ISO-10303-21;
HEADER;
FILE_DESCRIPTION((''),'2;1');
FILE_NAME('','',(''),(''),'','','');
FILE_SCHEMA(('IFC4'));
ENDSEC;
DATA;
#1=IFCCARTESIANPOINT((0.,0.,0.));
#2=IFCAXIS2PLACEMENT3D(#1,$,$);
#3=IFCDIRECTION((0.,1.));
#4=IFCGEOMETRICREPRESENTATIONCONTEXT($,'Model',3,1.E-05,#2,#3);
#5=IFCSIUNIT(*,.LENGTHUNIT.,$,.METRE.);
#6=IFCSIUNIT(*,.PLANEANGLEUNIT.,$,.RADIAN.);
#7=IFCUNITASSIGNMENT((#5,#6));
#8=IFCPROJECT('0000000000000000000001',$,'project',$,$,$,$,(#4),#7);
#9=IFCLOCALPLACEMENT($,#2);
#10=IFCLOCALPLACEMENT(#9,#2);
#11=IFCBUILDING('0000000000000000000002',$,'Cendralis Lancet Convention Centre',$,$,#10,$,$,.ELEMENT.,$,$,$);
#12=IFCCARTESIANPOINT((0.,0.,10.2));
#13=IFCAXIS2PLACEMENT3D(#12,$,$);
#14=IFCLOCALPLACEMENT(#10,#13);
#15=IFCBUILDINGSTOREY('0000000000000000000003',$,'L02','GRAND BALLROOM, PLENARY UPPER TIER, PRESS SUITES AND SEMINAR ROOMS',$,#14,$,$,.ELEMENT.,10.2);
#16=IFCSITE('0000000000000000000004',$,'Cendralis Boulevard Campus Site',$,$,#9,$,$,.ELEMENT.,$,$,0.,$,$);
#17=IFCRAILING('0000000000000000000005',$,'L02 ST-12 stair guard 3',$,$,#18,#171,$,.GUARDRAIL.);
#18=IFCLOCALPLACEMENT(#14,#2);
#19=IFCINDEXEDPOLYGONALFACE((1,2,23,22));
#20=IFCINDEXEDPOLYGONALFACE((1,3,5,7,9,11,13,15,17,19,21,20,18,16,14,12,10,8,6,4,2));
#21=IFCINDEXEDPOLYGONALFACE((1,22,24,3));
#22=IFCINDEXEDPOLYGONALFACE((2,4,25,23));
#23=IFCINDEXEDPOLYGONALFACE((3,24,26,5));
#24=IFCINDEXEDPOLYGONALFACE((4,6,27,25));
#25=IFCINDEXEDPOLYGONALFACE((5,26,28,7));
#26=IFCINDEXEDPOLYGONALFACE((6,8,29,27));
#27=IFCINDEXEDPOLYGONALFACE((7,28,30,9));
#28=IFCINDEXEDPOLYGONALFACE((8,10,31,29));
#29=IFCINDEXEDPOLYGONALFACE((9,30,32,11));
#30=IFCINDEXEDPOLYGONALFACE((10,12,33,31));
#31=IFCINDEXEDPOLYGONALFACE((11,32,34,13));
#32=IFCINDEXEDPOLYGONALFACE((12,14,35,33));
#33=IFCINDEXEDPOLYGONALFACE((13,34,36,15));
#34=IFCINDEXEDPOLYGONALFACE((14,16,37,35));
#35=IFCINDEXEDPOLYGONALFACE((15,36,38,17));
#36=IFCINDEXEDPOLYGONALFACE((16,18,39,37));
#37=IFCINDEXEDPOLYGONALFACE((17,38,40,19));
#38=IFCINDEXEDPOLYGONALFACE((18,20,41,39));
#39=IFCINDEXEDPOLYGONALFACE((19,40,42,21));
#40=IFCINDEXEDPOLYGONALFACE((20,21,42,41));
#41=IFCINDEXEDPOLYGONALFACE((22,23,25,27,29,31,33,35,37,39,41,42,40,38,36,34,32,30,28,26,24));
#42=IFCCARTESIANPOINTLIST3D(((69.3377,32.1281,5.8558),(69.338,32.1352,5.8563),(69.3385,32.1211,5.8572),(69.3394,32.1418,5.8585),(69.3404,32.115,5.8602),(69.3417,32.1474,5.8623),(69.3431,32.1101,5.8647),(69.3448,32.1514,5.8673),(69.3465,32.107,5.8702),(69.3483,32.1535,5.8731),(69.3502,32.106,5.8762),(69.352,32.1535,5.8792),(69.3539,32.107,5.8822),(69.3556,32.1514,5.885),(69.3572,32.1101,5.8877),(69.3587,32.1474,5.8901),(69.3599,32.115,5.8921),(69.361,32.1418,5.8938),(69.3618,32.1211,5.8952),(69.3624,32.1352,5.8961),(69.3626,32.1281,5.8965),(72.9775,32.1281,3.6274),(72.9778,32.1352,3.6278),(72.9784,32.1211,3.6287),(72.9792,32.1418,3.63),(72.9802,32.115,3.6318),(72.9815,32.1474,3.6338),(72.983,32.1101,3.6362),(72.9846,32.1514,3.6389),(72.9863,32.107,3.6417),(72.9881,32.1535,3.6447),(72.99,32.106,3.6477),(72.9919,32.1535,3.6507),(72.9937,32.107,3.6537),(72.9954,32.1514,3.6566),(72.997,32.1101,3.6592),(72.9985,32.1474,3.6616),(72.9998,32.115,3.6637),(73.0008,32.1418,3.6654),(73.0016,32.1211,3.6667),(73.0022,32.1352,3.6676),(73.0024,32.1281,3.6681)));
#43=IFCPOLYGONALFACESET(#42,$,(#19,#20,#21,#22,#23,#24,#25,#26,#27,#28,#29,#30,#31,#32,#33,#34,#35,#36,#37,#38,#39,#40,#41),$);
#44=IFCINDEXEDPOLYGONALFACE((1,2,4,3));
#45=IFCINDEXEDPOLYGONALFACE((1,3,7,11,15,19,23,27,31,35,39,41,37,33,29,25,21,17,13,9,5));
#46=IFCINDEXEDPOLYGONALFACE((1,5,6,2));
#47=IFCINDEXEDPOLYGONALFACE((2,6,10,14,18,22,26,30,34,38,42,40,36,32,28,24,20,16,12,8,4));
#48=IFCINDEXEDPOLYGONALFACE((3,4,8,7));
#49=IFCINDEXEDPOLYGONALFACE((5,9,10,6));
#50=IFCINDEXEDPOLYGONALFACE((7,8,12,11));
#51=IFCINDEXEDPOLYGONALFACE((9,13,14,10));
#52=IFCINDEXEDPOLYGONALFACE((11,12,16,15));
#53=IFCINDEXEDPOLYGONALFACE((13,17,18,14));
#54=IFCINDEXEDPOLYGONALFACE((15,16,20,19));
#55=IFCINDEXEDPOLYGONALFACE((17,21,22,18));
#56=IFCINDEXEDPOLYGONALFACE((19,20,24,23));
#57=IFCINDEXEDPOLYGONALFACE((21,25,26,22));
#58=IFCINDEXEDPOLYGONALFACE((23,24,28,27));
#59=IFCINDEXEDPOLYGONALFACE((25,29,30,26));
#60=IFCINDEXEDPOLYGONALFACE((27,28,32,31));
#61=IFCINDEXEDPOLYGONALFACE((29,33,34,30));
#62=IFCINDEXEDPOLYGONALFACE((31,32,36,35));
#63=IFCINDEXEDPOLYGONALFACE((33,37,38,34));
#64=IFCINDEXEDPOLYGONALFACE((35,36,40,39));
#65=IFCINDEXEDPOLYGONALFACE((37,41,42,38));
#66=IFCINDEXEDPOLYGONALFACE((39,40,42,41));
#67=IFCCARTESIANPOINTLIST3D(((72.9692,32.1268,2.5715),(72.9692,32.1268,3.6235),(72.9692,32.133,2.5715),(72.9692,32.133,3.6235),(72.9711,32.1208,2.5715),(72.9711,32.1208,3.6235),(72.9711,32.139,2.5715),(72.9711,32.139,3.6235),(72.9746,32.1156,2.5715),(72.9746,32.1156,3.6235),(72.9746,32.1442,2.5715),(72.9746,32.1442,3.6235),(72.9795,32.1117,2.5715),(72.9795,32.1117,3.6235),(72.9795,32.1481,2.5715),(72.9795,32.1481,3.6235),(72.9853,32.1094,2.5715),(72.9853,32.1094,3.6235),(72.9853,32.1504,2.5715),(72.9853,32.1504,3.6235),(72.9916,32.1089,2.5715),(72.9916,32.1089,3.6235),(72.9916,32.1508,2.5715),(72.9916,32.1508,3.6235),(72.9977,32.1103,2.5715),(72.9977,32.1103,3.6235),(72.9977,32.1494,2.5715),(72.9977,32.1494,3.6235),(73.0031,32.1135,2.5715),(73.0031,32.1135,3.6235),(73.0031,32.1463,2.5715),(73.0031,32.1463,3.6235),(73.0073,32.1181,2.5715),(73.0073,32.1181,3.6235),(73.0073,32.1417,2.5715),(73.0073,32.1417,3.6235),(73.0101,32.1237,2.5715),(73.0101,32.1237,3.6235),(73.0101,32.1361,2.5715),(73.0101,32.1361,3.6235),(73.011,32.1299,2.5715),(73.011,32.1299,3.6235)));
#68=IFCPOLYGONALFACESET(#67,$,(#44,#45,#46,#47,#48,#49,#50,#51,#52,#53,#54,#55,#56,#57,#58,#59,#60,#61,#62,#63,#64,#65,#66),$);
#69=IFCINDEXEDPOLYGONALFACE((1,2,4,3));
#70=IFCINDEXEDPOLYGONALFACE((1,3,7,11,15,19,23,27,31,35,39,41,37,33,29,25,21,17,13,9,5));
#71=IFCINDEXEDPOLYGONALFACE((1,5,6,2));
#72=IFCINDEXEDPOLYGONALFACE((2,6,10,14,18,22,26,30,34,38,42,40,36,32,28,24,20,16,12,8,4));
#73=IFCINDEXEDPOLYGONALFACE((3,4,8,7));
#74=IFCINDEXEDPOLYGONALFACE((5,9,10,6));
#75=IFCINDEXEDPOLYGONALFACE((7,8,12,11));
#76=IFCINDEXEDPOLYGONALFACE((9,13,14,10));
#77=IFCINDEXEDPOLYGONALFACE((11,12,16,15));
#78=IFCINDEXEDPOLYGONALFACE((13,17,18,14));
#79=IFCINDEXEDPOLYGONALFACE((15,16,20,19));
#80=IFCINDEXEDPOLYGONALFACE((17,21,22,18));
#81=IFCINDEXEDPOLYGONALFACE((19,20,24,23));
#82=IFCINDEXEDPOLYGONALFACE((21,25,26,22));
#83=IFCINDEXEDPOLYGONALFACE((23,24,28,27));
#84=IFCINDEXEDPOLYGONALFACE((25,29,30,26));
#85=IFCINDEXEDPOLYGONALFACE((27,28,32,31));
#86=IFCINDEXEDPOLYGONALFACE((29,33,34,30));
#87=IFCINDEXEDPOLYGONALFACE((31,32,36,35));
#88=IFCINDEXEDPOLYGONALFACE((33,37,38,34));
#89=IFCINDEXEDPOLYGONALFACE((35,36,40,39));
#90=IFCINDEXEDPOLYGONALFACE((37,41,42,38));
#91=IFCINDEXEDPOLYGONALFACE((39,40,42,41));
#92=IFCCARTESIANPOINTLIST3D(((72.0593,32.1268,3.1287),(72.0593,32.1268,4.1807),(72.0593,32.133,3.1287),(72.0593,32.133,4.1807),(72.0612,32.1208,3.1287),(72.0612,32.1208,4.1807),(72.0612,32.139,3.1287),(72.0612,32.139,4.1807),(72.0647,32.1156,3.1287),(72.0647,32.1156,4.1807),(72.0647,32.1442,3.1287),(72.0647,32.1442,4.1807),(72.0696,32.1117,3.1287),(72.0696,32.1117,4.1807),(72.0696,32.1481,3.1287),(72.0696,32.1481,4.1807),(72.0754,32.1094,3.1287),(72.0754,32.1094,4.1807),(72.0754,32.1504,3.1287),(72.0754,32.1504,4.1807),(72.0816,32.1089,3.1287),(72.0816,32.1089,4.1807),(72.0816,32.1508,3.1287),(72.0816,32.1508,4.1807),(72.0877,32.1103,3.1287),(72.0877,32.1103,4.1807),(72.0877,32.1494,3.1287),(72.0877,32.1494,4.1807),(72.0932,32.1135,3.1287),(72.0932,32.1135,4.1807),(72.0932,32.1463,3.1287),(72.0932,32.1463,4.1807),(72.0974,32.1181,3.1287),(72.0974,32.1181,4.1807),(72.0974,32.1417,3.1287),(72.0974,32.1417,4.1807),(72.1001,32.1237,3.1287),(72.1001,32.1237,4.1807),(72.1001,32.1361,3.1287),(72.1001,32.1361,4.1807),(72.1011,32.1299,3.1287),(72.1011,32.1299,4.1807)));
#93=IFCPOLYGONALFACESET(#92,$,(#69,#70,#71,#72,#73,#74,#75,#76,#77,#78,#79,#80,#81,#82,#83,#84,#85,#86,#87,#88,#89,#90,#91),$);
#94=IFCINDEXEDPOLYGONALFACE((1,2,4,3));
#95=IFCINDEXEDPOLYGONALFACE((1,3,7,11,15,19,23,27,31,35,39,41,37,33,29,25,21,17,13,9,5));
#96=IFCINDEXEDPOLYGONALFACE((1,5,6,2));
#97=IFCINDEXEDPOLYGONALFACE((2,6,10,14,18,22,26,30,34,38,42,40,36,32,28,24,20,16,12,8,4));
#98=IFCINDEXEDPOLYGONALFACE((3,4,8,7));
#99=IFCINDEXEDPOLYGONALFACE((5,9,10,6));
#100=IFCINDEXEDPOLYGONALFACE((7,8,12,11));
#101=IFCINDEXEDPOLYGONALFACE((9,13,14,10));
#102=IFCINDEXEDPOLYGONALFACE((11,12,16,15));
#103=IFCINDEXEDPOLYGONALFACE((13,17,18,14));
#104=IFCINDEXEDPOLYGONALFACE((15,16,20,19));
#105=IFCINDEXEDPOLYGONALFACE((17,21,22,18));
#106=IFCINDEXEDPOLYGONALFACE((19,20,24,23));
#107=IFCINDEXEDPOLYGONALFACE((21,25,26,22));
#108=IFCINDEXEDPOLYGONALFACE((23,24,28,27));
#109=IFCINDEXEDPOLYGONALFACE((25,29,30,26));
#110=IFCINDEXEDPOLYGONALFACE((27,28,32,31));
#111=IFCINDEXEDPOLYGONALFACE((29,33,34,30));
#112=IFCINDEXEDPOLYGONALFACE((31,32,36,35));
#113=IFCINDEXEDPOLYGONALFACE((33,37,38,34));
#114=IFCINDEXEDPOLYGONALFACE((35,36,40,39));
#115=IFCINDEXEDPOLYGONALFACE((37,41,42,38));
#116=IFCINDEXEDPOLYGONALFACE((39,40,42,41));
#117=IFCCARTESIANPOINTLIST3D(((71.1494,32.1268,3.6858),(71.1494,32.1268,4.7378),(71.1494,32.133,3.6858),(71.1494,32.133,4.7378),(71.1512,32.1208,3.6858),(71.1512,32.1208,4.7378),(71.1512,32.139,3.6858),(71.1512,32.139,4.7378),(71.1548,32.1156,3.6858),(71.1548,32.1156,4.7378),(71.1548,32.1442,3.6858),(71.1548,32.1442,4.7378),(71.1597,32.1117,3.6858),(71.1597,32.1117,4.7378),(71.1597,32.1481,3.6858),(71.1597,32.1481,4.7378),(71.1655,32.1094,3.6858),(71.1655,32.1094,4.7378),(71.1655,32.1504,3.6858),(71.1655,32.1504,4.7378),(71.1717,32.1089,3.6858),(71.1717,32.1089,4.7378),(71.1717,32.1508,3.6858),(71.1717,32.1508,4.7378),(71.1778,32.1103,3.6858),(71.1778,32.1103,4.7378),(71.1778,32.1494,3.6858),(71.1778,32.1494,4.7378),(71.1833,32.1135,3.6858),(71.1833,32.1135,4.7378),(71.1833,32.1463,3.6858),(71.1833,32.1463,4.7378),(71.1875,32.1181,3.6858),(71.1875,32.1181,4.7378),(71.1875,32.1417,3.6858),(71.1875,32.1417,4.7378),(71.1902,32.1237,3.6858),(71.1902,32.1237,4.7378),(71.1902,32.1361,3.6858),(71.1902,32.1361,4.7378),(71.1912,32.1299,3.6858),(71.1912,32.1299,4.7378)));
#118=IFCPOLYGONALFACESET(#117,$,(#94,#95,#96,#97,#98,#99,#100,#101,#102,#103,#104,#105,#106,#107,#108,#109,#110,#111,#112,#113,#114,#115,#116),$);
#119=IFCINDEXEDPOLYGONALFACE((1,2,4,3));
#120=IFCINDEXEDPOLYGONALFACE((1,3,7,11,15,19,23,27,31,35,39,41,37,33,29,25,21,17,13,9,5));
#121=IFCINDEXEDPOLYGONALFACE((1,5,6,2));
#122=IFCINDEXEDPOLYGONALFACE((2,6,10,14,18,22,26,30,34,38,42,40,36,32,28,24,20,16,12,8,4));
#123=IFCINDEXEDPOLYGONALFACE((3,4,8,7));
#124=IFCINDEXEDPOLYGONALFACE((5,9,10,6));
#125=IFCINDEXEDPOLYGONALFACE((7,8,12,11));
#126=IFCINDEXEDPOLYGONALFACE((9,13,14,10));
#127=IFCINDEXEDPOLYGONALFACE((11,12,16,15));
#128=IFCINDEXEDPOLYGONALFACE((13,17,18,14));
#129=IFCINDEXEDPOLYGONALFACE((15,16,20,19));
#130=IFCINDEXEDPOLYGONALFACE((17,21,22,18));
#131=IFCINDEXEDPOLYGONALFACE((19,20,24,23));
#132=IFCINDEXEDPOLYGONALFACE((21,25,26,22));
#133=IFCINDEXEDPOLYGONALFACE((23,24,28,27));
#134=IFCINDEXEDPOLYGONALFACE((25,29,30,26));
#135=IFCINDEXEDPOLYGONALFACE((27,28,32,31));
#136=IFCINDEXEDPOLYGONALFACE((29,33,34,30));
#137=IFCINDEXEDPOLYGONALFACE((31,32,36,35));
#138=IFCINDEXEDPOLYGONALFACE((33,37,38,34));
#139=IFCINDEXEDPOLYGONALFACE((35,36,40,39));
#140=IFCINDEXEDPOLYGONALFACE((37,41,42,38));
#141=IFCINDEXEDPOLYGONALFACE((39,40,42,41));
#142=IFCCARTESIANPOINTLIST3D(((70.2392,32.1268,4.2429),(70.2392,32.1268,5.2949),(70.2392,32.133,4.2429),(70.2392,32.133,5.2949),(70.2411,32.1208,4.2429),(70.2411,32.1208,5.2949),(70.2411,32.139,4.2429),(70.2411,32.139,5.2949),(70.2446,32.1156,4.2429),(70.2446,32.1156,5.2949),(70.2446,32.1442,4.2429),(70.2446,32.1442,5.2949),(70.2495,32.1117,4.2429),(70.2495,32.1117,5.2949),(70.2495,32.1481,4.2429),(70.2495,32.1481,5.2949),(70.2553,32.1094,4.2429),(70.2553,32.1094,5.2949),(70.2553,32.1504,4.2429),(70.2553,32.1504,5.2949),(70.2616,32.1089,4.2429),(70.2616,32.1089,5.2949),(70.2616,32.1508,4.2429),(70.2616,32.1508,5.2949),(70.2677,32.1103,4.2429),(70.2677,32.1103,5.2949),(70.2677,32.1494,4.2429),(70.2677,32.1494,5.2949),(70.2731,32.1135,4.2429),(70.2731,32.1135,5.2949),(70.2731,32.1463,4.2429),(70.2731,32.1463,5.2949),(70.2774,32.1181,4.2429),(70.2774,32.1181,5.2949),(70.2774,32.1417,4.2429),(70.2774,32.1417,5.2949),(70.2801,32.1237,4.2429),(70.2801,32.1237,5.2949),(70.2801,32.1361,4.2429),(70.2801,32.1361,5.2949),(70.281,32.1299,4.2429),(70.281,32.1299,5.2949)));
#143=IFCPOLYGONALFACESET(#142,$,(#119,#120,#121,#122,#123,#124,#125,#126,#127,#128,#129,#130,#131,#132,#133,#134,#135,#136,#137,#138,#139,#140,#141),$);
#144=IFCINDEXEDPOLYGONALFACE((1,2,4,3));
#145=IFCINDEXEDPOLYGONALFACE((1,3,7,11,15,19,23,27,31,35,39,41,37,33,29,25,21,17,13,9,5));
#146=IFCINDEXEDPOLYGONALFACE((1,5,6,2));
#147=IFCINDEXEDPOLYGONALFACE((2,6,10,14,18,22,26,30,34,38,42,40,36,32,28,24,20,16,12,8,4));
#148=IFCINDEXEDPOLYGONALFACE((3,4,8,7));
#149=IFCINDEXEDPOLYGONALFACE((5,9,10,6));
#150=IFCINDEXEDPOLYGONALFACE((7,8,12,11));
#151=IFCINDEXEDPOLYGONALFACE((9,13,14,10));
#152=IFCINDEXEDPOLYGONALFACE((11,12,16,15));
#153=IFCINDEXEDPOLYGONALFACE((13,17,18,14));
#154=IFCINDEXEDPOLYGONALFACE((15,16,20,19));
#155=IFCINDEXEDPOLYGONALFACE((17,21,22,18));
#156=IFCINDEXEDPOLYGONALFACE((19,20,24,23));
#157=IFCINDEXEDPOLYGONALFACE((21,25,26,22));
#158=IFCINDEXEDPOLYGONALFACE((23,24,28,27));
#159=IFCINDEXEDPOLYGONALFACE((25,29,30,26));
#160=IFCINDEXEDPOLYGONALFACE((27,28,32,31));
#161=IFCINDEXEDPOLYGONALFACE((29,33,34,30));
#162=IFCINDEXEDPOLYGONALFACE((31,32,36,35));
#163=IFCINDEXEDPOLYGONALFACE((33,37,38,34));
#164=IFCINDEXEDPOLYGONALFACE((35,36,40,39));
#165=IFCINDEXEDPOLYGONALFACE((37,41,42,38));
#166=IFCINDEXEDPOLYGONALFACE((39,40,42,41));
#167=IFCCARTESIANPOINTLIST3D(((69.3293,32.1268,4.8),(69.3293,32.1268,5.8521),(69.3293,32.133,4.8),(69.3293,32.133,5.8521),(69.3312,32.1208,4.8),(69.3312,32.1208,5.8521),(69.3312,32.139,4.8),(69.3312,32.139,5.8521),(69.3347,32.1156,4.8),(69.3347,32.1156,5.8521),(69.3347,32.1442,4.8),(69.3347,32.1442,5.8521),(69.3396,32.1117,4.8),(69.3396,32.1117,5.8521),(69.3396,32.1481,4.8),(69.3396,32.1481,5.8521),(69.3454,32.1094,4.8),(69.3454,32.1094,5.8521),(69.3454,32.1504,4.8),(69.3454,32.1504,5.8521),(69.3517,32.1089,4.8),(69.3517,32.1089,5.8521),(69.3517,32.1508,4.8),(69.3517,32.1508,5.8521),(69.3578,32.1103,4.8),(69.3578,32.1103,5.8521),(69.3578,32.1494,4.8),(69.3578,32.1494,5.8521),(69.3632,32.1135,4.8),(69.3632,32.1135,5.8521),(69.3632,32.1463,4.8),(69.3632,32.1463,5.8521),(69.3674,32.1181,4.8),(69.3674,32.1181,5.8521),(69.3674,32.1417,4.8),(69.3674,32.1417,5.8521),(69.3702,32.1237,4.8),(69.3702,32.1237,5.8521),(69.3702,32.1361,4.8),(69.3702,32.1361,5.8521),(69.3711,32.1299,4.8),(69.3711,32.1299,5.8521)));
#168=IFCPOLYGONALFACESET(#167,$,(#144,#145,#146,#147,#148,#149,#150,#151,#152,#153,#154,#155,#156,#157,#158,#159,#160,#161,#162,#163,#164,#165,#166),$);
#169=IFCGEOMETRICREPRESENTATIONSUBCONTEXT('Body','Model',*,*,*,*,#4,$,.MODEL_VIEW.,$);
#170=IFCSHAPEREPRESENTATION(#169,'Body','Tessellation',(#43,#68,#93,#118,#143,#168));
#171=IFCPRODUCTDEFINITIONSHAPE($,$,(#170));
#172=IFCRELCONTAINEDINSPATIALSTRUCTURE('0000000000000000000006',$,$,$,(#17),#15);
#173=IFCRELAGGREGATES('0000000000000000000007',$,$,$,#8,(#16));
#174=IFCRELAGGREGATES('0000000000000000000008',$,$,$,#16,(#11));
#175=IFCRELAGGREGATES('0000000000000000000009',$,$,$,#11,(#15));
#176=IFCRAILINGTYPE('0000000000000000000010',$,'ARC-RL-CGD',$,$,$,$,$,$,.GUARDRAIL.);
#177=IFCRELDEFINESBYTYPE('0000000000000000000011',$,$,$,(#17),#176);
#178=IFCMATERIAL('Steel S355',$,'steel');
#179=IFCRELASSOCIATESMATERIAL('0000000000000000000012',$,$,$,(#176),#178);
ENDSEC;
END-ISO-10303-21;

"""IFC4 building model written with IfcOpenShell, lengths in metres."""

from ifc_helpers import new_model, si_unit, direction, frame, origin, origin_2d, place, context, subcontext, project, spatial, circle, extrude, material, type_object, element, save


model = new_model("IFC4")

# Units and contexts
model_context = context("Model", 3, precision=1e-05, world=origin(), true_north=direction((0.0, 1.0)))
body_context = subcontext(model_context, "Body", "Model", "MODEL_VIEW")
ifc_project = project(units=[si_unit("LENGTHUNIT", "METRE"), si_unit("PLANEANGLEUNIT", "RADIAN")], contexts=[model_context])

# Site, building, storey
site_placement = place(None, origin())
site = spatial("IfcSite", under=ifc_project, at=site_placement, Name="Cendralis Boulevard Campus Site", CompositionType="ELEMENT", RefElevation=0.0)
building_placement = place(site_placement, origin())
building = spatial("IfcBuilding", under=site, at=building_placement, Name="Cendralis Lancet Convention Centre", CompositionType="ELEMENT")
storey_placement = place(building_placement, frame((0.0, 0.0, 10.2)))
storey = spatial("IfcBuildingStorey", under=building, at=storey_placement, Name="L02", Description="GRAND BALLROOM, PLENARY UPPER TIER, PRESS SUITES AND SEMINAR ROOMS", CompositionType="ELEMENT", Elevation=10.2)

# Shared definitions
ifc_material_1 = material(Name="Steel S355", Category="steel")

# Railing
railing_type_1 = type_object("IfcRailingType", Name="ARC-RL-CGD", PredefinedType="GUARDRAIL", material=ifc_material_1)
railing_1_placement = place(storey_placement, frame((72.99, 32.1299, 2.5715)))
element("IfcRailing", 1, at=railing_1_placement, inside=storey, type_object=railing_type_1, Name="L02 ST-12 stair guard 3", PredefinedType="GUARDRAIL", context=body_context, shape_type="SweptSolid", body=[
    extrude(circle(Radius=0.0239, at=origin_2d()), frame((0.0, 0.0, 1.0762), z_axis=(-0.85285, 0.0, 0.522156), x_axis=(0.0, -1.0, 0.0)), (0.0, 0.0, 1.0), 4.2678),
    extrude(circle(Radius=0.021, at=origin_2d()), origin(), (0.0, 0.0, 1.0), 1.052),
    extrude(circle(Radius=0.021, at=origin_2d()), frame((-0.9099, 0.0, 0.5571)), (0.0, 0.0, 1.0), 1.052),
    extrude(circle(Radius=0.021, at=origin_2d()), frame((-1.8198, 0.0, 1.1143)), (0.0, 0.0, 1.0), 1.052),
    extrude(circle(Radius=0.021, at=origin_2d()), frame((-2.73, 0.0, 1.6714)), (0.0, 0.0, 1.0), 1.052),
    extrude(circle(Radius=0.021, at=origin_2d()), frame((-3.6399, 0.0, 2.2285)), (0.0, 0.0, 1.0), 1.052),
])

save(model, "model.ifc")
